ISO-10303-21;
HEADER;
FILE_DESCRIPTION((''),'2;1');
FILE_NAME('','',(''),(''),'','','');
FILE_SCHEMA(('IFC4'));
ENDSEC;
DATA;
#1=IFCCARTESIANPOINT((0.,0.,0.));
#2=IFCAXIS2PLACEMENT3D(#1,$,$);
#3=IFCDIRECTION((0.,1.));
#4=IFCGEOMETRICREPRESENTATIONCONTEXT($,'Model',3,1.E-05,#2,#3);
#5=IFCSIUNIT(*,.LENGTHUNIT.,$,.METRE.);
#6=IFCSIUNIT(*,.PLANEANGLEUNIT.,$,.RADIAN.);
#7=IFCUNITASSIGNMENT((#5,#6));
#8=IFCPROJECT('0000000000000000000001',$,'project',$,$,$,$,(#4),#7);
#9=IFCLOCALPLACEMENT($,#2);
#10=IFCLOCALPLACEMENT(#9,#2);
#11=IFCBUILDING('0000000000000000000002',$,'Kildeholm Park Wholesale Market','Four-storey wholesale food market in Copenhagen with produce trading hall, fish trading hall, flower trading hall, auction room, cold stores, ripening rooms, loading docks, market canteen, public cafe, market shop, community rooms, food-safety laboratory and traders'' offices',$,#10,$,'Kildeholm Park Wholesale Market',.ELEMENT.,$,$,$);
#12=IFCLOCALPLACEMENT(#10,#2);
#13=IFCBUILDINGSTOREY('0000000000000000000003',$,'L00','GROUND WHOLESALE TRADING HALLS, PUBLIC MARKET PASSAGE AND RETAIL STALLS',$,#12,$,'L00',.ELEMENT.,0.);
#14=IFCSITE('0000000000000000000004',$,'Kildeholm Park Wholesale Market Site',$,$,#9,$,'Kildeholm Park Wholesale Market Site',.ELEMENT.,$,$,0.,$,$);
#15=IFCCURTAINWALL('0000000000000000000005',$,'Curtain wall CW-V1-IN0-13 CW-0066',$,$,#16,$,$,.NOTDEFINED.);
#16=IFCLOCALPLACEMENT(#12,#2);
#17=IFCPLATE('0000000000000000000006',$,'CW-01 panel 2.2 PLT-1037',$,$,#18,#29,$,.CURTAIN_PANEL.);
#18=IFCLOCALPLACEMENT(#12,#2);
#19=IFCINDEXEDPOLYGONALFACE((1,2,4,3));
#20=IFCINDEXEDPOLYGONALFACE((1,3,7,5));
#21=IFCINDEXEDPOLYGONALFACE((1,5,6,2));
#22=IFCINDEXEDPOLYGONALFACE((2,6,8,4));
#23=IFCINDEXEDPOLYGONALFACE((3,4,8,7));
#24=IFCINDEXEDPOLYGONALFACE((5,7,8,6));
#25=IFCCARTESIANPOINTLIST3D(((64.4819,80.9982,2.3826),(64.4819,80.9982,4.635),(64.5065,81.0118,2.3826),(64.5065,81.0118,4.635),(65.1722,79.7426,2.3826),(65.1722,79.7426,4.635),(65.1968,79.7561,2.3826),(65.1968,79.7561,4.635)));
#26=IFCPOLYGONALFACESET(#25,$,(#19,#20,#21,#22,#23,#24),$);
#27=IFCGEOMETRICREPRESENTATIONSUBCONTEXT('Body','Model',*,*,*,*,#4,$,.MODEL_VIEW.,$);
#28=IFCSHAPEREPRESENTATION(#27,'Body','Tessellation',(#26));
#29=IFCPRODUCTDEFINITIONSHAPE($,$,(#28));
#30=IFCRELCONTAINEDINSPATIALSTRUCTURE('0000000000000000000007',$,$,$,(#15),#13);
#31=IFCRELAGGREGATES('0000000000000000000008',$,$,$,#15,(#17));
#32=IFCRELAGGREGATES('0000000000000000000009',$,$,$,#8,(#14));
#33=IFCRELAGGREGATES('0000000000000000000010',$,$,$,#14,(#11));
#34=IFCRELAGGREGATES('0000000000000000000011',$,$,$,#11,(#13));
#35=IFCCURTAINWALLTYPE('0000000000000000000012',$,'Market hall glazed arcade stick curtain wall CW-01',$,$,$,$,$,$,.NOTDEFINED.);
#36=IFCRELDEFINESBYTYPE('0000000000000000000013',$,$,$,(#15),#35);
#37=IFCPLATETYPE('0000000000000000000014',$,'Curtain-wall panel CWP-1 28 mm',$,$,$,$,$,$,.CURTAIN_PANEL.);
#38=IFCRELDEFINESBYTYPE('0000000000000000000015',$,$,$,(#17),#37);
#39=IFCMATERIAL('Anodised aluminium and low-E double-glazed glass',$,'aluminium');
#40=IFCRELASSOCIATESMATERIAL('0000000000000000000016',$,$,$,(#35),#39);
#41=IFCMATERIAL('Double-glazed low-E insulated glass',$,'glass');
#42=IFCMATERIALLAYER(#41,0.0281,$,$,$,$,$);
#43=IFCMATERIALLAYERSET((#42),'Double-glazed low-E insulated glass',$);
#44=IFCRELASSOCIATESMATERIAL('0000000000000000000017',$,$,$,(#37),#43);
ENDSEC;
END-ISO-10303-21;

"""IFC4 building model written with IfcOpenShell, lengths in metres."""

from ifc_helpers import new_model, si_unit, direction, frame, origin, origin_2d, place, context, subcontext, project, spatial, rectangle, extrude, material, layer, layer_set, type_object, element, aggregate, save


model = new_model("IFC4")

# Units and contexts
model_context = context("Model", 3, precision=1e-05, world=origin(), true_north=direction((0.0, 1.0)))
body_context = subcontext(model_context, "Body", "Model", "MODEL_VIEW")
ifc_project = project(units=[si_unit("LENGTHUNIT", "METRE"), si_unit("PLANEANGLEUNIT", "RADIAN")], contexts=[model_context])

# Site, building, storey
site_placement = place(None, origin())
site = spatial("IfcSite", under=ifc_project, at=site_placement, Name="Kildeholm Park Wholesale Market Site", LongName="Kildeholm Park Wholesale Market Site", CompositionType="ELEMENT", RefElevation=0.0)
building_placement = place(site_placement, origin())
building = spatial("IfcBuilding", under=site, at=building_placement, Name="Kildeholm Park Wholesale Market", Description="Four-storey wholesale food market in Copenhagen with produce trading hall, fish trading hall, flower trading hall, auction room, cold stores, ripening rooms, loading docks, market canteen, public cafe, market shop, community rooms, food-safety laboratory and traders' offices", LongName="Kildeholm Park Wholesale Market", CompositionType="ELEMENT")
storey_placement = place(building_placement, origin())
storey = spatial("IfcBuildingStorey", under=building, at=storey_placement, Name="L00", Description="GROUND WHOLESALE TRADING HALLS, PUBLIC MARKET PASSAGE AND RETAIL STALLS", LongName="L00", CompositionType="ELEMENT", Elevation=0.0)

# Curtain wall
ifc_material_1 = material(Name="Anodised aluminium and low-E double-glazed glass", Category="aluminium")
curtain_wall_type = type_object("IfcCurtainWallType", Name="Market hall glazed arcade stick curtain wall CW-01", PredefinedType="NOTDEFINED", material=ifc_material_1)
curtain_wall_1_placement = place(storey_placement, origin())
curtain_wall_1 = element("IfcCurtainWall", 1, at=curtain_wall_1_placement, inside=storey, type_object=curtain_wall_type, Name="Curtain wall CW-V1-IN0-13 CW-0066", PredefinedType="NOTDEFINED")

# Plate
ifc_material_2 = material(Name="Double-glazed low-E insulated glass", Category="glass")
ifc_layer = layer(ifc_material_2, 0.0281)
ifc_layer_set = layer_set([ifc_layer], Name="Double-glazed low-E insulated glass")
plate_type = type_object("IfcPlateType", Name="Curtain-wall panel CWP-1 28 mm", PredefinedType="CURTAIN_PANEL", material=ifc_layer_set)
plate_1_placement = place(storey_placement, frame((64.8394, 80.3772, 2.3826), z_axis=(0.0, 0.0, 1.0), x_axis=(0.48175, -0.876309, 0.0)))
plate_1 = element("IfcPlate", 2, at=plate_1_placement, type_object=plate_type, Name="CW-01 panel 2.2 PLT-1037", PredefinedType="CURTAIN_PANEL", context=body_context, shape_type="SweptSolid", body=[
    extrude(rectangle(XDim=1.4329, YDim=0.0281, at=origin_2d()), origin(), (0.0, 0.0, 1.0), 2.2524),
])
aggregate(curtain_wall_1, [plate_1])

save(model, "model.ifc")
